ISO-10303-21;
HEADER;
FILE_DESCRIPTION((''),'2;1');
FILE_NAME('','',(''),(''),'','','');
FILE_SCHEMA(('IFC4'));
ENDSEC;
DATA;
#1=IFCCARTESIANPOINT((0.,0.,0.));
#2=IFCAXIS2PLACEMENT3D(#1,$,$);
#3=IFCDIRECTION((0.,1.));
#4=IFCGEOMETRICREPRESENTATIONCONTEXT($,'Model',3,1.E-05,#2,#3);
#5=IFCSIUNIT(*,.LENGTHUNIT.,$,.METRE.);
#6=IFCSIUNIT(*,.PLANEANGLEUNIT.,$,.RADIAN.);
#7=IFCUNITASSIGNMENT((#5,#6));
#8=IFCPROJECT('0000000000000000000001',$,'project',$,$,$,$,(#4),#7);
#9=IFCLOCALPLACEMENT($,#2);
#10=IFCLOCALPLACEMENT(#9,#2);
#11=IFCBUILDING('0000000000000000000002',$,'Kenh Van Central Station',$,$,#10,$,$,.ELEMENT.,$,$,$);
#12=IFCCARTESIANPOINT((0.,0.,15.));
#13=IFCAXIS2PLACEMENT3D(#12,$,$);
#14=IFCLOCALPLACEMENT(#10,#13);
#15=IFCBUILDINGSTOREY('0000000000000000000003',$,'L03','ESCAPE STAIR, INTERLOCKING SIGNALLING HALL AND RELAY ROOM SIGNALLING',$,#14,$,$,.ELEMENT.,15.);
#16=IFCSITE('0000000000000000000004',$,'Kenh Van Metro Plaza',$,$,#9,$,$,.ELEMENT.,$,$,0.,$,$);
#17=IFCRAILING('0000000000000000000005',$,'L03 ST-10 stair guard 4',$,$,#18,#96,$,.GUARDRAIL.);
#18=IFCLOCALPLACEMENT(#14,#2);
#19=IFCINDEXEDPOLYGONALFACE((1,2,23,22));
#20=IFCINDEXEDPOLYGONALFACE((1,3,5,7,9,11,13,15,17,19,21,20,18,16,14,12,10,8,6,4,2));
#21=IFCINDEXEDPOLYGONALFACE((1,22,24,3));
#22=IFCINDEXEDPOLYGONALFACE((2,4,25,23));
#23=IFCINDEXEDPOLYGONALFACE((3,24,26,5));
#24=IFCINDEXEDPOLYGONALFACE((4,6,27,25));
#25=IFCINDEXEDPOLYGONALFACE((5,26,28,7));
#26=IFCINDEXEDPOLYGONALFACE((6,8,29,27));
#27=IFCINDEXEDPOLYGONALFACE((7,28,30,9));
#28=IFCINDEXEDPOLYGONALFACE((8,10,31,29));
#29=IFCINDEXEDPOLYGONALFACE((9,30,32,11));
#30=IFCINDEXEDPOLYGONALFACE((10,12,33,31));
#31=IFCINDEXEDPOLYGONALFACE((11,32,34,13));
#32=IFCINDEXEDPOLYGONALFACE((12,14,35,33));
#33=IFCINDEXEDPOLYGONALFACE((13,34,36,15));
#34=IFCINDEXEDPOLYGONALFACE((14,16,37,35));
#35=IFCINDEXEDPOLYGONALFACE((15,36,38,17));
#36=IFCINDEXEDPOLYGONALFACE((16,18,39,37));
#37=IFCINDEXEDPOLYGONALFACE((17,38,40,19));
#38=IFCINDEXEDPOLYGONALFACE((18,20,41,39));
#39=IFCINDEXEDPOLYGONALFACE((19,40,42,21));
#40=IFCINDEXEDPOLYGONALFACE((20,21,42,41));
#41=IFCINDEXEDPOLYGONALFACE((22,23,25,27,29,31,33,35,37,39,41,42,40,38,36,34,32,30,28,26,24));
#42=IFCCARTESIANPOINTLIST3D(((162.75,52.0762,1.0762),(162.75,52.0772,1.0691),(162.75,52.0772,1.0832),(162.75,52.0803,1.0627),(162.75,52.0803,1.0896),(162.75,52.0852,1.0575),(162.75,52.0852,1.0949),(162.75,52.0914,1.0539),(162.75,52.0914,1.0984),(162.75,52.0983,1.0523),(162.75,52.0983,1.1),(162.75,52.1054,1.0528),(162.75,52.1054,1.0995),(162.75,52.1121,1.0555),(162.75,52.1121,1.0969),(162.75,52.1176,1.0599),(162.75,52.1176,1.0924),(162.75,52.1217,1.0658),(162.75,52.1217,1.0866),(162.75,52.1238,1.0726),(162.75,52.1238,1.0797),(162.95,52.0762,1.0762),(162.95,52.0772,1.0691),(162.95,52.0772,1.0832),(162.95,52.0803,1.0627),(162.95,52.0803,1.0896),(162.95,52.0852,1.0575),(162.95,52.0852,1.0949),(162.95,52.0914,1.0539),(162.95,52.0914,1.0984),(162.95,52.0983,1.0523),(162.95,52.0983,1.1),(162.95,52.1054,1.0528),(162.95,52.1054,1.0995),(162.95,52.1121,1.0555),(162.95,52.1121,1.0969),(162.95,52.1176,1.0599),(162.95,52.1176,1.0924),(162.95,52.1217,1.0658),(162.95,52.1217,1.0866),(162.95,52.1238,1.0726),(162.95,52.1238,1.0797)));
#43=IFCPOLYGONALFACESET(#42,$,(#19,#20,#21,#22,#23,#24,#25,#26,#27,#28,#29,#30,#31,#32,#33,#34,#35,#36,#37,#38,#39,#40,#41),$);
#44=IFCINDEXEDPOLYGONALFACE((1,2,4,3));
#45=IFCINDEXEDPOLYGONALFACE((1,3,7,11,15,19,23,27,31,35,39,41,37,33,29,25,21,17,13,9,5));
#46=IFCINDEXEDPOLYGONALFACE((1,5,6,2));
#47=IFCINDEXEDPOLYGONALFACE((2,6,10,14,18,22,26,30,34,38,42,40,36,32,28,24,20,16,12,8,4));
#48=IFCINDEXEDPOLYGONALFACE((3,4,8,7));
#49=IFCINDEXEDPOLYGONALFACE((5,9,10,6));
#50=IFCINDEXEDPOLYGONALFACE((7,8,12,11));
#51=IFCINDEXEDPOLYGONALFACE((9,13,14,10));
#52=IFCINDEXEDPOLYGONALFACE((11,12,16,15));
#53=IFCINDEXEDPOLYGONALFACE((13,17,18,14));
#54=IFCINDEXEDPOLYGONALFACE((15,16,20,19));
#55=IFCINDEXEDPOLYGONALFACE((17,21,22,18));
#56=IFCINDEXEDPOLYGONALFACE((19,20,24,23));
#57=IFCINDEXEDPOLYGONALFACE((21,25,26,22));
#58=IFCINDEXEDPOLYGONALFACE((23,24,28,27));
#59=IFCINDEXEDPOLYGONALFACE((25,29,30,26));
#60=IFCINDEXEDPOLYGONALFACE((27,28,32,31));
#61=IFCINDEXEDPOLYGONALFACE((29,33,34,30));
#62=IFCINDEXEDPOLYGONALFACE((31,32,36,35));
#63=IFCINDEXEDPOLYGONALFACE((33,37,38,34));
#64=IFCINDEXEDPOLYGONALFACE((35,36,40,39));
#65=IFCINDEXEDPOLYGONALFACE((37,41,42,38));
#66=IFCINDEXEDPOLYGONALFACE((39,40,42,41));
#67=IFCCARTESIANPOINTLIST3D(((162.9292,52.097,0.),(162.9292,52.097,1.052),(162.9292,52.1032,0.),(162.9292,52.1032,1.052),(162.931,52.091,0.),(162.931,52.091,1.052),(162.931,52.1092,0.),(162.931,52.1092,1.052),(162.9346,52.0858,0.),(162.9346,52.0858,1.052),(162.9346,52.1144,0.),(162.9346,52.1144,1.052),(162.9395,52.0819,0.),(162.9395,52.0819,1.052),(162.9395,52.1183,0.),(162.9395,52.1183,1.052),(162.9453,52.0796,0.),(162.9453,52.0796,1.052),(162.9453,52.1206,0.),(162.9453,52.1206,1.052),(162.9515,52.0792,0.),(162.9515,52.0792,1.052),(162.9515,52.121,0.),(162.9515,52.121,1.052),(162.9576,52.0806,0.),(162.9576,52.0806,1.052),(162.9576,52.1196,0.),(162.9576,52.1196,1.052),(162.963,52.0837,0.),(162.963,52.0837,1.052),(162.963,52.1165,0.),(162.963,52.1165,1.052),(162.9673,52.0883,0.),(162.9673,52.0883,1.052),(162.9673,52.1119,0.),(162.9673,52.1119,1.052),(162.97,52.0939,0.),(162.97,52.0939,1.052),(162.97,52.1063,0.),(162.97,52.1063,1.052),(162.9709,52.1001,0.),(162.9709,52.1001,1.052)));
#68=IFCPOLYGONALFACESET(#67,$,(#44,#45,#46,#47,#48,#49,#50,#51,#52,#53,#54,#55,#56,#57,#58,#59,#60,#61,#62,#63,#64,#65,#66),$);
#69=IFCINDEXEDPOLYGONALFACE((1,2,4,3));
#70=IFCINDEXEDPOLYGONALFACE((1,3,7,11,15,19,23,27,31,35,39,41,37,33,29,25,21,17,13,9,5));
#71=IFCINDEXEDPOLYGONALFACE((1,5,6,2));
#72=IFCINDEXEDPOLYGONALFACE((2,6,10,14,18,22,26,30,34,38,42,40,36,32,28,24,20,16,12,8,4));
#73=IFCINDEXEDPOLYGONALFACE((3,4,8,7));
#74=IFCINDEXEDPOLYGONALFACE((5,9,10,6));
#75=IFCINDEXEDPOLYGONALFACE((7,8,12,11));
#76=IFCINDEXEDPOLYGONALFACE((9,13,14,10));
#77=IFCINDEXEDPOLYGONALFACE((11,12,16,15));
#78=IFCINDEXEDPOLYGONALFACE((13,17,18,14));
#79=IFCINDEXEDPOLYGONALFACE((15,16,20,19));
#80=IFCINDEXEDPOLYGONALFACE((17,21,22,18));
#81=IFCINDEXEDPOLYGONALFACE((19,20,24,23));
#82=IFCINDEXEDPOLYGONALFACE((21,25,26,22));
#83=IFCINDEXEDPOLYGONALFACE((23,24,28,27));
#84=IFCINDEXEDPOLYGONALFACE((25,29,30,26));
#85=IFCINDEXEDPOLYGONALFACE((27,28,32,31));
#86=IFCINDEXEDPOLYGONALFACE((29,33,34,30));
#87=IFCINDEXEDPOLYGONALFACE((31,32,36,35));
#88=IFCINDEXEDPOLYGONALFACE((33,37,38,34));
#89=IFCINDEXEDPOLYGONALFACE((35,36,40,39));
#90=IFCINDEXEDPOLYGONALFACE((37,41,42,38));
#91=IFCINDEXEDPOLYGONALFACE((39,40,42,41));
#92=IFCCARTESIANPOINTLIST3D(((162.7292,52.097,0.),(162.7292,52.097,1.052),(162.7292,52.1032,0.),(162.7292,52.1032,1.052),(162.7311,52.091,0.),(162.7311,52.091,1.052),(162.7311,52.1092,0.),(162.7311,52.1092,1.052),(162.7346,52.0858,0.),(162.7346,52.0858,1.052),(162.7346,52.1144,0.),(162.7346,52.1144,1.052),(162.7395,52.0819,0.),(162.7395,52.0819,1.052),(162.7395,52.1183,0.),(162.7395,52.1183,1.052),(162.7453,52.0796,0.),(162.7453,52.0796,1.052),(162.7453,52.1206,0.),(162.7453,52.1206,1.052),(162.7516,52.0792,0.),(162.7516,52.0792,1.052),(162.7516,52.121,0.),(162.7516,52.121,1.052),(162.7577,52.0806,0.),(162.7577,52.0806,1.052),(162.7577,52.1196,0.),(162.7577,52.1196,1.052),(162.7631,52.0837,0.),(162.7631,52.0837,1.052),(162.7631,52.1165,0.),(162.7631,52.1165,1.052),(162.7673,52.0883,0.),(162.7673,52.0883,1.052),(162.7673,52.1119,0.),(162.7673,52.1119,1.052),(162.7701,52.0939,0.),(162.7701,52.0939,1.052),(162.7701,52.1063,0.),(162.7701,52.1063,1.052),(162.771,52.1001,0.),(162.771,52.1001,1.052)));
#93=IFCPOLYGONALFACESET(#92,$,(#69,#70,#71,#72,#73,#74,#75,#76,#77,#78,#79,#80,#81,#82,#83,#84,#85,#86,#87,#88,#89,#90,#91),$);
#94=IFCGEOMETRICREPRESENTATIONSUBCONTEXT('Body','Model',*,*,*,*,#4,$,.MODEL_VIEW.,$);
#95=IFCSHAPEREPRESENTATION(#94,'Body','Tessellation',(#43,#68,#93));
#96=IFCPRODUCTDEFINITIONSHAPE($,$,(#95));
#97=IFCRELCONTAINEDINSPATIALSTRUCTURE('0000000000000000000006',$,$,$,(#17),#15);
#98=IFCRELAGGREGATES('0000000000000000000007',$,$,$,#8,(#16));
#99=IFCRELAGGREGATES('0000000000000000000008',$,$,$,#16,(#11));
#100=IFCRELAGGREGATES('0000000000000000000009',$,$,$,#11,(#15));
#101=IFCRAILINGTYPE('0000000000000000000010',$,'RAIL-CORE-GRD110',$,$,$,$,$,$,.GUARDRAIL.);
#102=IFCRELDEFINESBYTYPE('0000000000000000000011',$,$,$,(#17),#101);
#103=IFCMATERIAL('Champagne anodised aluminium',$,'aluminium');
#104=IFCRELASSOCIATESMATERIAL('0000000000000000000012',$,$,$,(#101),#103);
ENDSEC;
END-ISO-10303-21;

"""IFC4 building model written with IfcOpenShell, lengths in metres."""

from ifc_helpers import new_model, si_unit, direction, frame, origin, origin_2d, place, context, subcontext, project, spatial, circle, extrude, material, type_object, element, save


model = new_model("IFC4")

# Units and contexts
model_context = context("Model", 3, precision=1e-05, world=origin(), true_north=direction((0.0, 1.0)))
body_context = subcontext(model_context, "Body", "Model", "MODEL_VIEW")
ifc_project = project(units=[si_unit("LENGTHUNIT", "METRE"), si_unit("PLANEANGLEUNIT", "RADIAN")], contexts=[model_context])

# Site, building, storey
site_placement = place(None, origin())
site = spatial("IfcSite", under=ifc_project, at=site_placement, Name="Kenh Van Metro Plaza", CompositionType="ELEMENT", RefElevation=0.0)
building_placement = place(site_placement, origin())
building = spatial("IfcBuilding", under=site, at=building_placement, Name="Kenh Van Central Station", CompositionType="ELEMENT")
storey_placement = place(building_placement, frame((0.0, 0.0, 15.0)))
storey = spatial("IfcBuildingStorey", under=building, at=storey_placement, Name="L03", Description="ESCAPE STAIR, INTERLOCKING SIGNALLING HALL AND RELAY ROOM SIGNALLING", CompositionType="ELEMENT", Elevation=15.0)

# Shared definitions
ifc_material_1 = material(Name="Champagne anodised aluminium", Category="aluminium")

# Railing
railing_type_1 = type_object("IfcRailingType", Name="RAIL-CORE-GRD110", PredefinedType="GUARDRAIL", material=ifc_material_1)
railing_1_placement = place(storey_placement, frame((162.95, 52.1001, 0.0)))
element("IfcRailing", 1, at=railing_1_placement, inside=storey, type_object=railing_type_1, Name="L03 ST-10 stair guard 4", PredefinedType="GUARDRAIL", context=body_context, shape_type="SweptSolid", body=[
    extrude(circle(Radius=0.0239, at=origin_2d()), frame((0.0, 0.0, 1.0762), z_axis=(-1.0, 0.0, 0.0), x_axis=(0.0, -1.0, 0.0)), (0.0, 0.0, 1.0), 0.2),
    extrude(circle(Radius=0.021, at=origin_2d()), origin(), (0.0, 0.0, 1.0), 1.052),
    extrude(circle(Radius=0.021, at=origin_2d()), frame((-0.2, 0.0, 0.0)), (0.0, 0.0, 1.0), 1.052),
])

save(model, "model.ifc")
